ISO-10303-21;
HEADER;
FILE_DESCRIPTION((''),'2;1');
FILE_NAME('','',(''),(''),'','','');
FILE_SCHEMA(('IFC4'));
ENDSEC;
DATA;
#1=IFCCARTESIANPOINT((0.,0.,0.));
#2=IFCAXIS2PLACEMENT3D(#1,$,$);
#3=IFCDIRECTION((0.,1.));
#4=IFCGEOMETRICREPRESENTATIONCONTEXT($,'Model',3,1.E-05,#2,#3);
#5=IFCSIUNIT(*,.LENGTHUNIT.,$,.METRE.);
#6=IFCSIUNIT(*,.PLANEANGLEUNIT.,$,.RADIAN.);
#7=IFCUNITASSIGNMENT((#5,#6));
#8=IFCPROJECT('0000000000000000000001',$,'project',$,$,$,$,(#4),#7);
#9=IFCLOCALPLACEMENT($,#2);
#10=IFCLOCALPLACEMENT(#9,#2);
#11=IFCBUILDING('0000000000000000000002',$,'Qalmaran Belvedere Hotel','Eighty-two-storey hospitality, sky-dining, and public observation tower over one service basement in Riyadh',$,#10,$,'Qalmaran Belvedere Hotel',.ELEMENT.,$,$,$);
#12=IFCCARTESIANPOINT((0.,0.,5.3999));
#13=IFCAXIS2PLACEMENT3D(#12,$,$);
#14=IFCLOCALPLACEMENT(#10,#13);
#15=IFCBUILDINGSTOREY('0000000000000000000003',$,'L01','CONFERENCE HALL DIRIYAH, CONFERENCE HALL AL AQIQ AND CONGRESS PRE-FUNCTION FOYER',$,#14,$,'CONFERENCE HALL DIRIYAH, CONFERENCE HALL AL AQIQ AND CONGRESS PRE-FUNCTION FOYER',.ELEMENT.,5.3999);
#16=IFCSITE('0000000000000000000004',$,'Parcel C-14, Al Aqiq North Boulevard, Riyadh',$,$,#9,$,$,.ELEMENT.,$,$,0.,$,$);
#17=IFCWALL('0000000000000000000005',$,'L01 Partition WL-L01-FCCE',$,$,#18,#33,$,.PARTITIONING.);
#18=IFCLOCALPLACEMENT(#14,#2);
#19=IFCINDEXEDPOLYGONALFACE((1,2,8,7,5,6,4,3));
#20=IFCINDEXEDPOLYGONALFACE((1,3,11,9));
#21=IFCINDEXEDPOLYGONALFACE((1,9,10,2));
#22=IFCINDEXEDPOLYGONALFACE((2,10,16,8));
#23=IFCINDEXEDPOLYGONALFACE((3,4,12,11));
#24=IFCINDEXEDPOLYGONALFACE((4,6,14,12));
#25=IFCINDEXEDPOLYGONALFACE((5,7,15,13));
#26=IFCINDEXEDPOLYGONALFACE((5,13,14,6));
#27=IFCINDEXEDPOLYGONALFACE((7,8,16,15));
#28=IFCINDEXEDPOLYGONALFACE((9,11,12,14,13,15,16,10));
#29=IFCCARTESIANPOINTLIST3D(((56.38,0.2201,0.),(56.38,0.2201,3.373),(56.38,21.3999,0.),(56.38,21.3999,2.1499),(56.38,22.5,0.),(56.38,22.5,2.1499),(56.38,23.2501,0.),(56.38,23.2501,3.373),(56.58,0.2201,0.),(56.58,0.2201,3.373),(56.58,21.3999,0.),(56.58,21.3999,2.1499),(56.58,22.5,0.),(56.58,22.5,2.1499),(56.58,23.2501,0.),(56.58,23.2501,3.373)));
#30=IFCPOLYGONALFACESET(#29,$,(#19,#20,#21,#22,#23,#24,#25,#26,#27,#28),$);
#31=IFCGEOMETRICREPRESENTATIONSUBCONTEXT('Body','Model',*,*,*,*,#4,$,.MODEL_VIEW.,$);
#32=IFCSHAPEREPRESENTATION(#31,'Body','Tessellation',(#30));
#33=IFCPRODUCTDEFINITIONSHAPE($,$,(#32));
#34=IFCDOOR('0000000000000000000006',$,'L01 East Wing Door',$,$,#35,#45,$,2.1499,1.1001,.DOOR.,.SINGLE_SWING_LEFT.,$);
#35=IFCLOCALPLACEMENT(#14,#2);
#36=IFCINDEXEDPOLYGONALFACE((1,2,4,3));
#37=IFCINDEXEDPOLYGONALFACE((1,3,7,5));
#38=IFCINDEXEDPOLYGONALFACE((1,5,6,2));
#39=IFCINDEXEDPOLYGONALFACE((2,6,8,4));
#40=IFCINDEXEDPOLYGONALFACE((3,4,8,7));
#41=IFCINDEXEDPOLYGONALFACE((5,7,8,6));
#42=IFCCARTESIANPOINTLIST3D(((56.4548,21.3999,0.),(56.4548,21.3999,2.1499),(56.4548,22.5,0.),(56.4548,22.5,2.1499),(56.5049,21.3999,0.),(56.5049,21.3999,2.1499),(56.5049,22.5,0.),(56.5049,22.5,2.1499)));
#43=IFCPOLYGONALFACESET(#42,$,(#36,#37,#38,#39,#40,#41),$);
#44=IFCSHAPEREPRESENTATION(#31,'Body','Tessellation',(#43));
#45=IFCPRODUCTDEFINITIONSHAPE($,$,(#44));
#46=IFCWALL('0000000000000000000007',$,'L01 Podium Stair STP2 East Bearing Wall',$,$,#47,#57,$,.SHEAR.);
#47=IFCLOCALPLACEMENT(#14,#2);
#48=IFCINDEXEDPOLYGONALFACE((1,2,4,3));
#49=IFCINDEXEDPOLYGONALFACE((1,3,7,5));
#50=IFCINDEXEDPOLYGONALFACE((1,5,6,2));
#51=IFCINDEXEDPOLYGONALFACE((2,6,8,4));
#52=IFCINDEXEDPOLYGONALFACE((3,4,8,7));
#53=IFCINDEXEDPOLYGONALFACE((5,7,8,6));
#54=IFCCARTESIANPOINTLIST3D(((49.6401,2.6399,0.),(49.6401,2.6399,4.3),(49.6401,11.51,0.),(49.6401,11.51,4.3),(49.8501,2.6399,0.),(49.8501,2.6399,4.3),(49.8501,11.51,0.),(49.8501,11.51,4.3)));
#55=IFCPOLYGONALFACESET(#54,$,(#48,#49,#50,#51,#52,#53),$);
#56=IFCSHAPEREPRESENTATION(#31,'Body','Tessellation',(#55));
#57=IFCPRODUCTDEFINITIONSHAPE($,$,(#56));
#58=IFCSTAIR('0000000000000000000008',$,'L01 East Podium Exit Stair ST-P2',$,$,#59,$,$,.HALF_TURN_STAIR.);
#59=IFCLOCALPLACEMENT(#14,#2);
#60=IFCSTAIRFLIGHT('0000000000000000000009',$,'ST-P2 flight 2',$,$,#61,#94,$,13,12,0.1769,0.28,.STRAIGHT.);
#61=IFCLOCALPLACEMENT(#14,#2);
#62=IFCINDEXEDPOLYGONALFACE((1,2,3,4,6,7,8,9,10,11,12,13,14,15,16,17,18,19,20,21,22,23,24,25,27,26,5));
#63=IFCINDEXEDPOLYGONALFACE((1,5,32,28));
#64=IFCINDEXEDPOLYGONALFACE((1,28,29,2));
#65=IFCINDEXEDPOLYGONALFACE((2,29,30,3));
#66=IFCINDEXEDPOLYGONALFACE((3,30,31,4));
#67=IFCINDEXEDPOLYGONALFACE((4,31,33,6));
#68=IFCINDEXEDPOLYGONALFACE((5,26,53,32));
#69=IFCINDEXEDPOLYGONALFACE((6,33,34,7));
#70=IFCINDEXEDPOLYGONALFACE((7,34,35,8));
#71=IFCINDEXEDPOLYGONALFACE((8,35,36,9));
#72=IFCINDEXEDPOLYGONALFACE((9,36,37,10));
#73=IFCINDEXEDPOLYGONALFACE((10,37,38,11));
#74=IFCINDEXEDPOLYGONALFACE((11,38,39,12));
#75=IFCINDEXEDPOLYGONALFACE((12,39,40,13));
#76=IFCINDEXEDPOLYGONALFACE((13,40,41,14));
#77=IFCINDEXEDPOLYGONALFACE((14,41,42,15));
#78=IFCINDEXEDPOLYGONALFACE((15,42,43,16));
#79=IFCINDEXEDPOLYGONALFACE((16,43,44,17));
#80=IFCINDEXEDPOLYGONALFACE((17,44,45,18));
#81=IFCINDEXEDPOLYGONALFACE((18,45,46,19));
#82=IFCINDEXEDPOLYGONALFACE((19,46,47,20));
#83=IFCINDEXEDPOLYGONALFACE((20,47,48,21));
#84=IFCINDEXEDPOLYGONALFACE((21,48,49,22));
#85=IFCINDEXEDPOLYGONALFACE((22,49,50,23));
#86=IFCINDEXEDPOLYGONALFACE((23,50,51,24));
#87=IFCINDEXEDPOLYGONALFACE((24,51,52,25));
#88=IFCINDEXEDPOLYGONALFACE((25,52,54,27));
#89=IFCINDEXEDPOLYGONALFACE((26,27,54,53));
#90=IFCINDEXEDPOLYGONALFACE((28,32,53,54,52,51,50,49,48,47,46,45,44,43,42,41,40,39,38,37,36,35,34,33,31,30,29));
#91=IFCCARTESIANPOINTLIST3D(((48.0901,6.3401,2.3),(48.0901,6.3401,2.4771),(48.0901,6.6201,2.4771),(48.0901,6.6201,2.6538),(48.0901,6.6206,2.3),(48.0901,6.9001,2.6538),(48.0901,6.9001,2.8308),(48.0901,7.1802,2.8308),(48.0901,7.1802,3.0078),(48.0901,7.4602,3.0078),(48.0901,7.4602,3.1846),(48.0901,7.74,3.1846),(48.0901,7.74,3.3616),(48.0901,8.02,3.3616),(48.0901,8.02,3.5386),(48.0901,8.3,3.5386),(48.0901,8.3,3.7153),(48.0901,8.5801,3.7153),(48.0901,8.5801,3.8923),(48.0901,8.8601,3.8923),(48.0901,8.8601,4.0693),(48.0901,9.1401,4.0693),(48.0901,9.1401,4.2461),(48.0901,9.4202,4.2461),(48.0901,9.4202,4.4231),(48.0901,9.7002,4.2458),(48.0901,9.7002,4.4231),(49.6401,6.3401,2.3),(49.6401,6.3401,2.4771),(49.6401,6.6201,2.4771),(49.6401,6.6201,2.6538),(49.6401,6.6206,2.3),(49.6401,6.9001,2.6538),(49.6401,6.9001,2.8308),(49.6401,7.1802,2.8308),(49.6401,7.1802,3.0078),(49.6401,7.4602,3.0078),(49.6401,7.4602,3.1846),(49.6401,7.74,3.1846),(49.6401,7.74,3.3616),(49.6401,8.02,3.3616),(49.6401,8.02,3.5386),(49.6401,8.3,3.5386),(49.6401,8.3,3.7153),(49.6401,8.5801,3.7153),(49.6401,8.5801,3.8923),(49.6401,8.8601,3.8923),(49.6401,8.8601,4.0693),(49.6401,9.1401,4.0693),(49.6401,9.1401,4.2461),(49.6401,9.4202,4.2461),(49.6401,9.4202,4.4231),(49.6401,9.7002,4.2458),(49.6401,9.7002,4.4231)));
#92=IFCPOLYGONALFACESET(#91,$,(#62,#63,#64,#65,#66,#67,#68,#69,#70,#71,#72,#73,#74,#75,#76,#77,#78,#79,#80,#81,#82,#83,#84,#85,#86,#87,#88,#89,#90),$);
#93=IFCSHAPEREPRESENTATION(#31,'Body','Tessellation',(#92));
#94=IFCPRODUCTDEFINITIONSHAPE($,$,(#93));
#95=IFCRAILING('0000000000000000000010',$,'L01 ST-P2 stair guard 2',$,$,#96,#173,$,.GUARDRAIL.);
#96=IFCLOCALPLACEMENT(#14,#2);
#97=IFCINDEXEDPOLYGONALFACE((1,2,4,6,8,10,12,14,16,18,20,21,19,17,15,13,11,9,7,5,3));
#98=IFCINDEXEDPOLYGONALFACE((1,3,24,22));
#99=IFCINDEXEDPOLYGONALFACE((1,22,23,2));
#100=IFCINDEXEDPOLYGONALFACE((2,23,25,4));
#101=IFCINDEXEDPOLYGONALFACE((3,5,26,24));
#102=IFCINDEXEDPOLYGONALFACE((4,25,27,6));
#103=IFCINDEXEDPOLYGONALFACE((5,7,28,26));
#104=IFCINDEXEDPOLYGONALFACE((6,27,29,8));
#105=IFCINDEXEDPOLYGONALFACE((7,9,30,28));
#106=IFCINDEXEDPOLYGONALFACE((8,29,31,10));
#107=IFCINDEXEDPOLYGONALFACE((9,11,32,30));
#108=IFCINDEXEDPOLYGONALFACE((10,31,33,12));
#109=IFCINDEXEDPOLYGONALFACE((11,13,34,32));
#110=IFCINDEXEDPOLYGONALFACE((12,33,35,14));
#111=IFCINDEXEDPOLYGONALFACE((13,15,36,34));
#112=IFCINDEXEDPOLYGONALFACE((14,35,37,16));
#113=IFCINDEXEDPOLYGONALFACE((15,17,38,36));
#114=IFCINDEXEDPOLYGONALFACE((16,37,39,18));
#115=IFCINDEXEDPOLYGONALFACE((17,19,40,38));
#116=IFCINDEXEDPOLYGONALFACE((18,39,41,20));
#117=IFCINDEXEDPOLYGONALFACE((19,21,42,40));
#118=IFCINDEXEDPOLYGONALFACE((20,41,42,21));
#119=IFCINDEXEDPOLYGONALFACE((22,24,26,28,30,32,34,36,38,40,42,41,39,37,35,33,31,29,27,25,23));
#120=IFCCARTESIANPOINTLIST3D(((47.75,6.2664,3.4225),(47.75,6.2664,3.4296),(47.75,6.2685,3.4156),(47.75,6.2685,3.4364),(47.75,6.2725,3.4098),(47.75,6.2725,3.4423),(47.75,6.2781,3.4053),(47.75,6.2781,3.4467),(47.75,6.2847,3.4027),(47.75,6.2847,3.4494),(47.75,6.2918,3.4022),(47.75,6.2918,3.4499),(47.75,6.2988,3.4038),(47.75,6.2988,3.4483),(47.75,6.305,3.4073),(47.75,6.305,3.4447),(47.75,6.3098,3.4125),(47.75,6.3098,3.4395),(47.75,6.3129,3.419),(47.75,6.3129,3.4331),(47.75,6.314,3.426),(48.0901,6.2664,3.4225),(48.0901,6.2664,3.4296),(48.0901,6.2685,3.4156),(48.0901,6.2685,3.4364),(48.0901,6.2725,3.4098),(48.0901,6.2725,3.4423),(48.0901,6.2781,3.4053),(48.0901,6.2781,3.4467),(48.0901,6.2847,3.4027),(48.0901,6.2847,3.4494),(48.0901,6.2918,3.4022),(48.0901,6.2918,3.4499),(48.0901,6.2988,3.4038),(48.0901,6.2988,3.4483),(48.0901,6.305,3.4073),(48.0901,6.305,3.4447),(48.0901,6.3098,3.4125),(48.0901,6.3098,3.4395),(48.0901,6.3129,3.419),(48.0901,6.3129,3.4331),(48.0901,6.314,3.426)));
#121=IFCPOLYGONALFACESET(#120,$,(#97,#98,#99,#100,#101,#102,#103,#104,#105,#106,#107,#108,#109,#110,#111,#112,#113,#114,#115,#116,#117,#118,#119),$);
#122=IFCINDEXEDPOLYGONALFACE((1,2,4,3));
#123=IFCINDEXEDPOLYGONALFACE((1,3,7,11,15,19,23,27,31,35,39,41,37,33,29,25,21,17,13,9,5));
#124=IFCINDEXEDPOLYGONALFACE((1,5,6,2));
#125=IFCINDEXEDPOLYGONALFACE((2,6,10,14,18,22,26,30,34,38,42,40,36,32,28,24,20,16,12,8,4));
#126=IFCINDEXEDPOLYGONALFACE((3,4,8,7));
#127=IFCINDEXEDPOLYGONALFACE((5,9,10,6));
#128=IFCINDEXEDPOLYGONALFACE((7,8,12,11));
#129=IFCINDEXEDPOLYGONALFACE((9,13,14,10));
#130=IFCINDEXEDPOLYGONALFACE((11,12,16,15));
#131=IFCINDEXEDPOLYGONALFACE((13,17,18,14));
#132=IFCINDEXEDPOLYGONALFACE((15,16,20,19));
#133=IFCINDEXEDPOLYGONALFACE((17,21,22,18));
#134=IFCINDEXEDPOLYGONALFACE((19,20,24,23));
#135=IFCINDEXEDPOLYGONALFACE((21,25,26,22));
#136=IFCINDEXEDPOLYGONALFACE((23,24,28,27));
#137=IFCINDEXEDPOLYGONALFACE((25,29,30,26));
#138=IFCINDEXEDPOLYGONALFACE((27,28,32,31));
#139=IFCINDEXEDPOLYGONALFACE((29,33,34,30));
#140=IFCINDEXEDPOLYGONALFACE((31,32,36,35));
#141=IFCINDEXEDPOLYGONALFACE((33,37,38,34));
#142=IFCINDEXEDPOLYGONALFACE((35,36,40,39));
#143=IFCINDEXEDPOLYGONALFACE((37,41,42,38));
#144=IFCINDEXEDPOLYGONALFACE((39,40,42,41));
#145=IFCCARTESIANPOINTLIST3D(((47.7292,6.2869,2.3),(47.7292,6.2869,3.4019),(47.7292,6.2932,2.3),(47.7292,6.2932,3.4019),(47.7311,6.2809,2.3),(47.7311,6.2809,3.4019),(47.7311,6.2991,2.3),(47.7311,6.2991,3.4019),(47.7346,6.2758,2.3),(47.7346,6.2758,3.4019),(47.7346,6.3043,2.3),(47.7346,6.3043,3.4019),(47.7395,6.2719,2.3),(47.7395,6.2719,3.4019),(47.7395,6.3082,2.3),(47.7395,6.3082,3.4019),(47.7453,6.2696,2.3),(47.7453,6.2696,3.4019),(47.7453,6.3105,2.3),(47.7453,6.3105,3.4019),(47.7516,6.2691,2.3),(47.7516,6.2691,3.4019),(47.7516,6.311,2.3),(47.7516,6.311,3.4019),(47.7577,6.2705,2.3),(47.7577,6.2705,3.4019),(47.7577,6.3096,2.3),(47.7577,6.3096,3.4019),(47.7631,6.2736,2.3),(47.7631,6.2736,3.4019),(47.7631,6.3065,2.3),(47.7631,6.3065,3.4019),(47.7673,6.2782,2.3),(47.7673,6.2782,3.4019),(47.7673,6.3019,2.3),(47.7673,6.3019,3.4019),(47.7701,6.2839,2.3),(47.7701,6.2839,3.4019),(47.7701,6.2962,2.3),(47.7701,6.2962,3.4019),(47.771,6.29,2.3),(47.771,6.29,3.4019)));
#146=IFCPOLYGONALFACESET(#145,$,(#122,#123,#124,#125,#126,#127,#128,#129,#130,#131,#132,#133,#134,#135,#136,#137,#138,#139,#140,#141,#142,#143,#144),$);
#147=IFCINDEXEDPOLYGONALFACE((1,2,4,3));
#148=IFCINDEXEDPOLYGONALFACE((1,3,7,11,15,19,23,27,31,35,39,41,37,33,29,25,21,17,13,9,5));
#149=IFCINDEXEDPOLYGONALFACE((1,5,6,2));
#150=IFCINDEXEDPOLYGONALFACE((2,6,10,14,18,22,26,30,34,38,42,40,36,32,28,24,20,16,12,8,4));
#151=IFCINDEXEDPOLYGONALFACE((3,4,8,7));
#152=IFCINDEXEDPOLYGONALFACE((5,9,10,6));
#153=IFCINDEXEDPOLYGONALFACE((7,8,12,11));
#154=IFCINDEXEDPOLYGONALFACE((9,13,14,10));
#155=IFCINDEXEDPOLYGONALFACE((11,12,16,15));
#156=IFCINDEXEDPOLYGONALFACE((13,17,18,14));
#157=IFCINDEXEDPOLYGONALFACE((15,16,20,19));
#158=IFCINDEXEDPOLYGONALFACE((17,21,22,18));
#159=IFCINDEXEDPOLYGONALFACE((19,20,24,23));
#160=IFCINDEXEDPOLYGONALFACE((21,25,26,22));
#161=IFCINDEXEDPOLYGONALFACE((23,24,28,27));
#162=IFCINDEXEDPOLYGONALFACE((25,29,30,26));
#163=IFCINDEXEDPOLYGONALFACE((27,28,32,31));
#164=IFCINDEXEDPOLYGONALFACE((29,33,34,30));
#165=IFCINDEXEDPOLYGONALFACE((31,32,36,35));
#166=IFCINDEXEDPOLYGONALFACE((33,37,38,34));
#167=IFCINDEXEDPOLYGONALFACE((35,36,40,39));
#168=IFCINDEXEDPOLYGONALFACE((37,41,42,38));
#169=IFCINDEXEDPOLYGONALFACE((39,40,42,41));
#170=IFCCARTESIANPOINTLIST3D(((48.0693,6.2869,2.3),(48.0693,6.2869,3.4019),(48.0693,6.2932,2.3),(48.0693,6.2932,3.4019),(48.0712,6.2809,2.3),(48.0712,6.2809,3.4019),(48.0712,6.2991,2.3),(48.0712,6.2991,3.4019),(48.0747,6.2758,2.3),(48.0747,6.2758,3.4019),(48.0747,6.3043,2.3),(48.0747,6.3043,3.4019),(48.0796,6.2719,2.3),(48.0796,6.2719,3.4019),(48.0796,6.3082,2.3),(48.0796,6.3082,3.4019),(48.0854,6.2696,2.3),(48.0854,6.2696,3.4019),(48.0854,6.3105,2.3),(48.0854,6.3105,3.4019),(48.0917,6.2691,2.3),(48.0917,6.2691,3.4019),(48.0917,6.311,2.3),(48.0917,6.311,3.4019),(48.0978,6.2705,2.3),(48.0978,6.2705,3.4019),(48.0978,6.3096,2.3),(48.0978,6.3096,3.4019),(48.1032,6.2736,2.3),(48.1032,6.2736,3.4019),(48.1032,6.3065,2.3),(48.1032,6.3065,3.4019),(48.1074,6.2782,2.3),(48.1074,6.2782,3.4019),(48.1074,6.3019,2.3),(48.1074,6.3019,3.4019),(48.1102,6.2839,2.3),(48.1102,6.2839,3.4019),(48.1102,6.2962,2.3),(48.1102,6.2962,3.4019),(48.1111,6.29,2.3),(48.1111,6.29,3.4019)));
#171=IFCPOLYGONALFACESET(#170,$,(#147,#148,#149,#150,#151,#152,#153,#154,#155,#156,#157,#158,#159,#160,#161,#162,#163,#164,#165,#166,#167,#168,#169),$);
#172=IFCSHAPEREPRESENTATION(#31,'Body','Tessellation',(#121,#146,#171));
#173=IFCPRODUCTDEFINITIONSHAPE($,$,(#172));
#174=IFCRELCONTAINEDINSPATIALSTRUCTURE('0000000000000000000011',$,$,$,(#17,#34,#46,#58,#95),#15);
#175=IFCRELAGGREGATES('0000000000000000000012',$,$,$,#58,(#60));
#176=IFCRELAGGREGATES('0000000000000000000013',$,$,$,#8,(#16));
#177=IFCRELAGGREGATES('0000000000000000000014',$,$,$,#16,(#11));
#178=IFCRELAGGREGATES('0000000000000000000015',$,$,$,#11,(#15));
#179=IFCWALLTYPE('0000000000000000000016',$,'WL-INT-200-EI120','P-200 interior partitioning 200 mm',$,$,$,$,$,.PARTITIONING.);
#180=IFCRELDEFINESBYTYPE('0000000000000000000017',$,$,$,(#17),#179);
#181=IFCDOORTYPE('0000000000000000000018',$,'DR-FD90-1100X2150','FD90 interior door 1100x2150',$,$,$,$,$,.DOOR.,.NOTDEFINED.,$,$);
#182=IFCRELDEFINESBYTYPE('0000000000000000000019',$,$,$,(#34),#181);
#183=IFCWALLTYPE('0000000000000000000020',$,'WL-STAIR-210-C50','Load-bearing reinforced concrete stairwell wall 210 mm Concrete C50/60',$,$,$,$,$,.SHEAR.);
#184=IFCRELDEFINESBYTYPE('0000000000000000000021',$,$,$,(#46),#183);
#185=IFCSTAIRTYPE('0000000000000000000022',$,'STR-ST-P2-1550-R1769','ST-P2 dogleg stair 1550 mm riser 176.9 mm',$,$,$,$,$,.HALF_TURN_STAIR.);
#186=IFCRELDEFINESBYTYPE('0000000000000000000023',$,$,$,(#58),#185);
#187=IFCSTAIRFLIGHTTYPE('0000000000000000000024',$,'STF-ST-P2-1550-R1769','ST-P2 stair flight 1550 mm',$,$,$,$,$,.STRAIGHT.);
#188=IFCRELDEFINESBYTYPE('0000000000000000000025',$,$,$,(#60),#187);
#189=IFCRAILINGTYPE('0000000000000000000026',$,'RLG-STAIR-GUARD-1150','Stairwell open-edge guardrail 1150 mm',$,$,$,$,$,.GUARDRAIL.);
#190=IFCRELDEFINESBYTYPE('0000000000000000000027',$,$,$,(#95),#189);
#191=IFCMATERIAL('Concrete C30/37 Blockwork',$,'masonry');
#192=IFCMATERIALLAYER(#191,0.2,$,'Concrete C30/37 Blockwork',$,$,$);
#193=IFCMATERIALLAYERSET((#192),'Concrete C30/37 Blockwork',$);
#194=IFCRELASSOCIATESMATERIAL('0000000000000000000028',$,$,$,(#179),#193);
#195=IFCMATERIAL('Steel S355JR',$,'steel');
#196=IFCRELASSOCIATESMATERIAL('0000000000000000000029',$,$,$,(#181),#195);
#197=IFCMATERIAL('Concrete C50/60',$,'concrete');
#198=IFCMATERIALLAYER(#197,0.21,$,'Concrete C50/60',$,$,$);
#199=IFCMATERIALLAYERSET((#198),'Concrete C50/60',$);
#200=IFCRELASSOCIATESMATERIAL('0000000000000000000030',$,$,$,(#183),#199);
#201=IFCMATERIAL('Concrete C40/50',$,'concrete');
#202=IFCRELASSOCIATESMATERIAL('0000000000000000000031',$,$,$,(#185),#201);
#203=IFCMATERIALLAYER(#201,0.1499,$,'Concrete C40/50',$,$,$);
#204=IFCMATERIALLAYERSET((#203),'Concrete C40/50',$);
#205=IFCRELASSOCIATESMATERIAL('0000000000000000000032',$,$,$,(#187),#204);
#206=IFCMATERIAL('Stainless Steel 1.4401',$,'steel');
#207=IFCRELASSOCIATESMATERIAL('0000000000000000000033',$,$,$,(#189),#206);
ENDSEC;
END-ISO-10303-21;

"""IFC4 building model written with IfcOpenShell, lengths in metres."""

from ifc_helpers import new_model, si_unit, direction, frame, frame_2d, origin, origin_2d, place, context, subcontext, project, spatial, polyline, rectangle, circle, outline, extrude, material, layer, layer_set, type_object, element, fill, aggregate, save


model = new_model("IFC4")

# Units and contexts
model_context = context("Model", 3, precision=1e-05, world=origin(), true_north=direction((0.0, 1.0)))
body_context = subcontext(model_context, "Body", "Model", "MODEL_VIEW")
ifc_project = project(units=[si_unit("LENGTHUNIT", "METRE"), si_unit("PLANEANGLEUNIT", "RADIAN")], contexts=[model_context])

# Site, building, storey
site_placement = place(None, origin())
site = spatial("IfcSite", under=ifc_project, at=site_placement, Name="Parcel C-14, Al Aqiq North Boulevard, Riyadh", CompositionType="ELEMENT", RefElevation=0.0)
building_placement = place(site_placement, origin())
building = spatial("IfcBuilding", under=site, at=building_placement, Name="Qalmaran Belvedere Hotel", Description="Eighty-two-storey hospitality, sky-dining, and public observation tower over one service basement in Riyadh", LongName="Qalmaran Belvedere Hotel", CompositionType="ELEMENT")
storey_placement = place(building_placement, frame((0.0, 0.0, 5.3999)))
storey = spatial("IfcBuildingStorey", under=building, at=storey_placement, Name="L01", Description="CONFERENCE HALL DIRIYAH, CONFERENCE HALL AL AQIQ AND CONGRESS PRE-FUNCTION FOYER", LongName="CONFERENCE HALL DIRIYAH, CONFERENCE HALL AL AQIQ AND CONGRESS PRE-FUNCTION FOYER", CompositionType="ELEMENT", Elevation=5.3999)

# Shared definitions
ifc_material_1 = material(Name="Concrete C40/50", Category="concrete")

# Shared definitions
ifc_material_2 = material(Name="Steel S355JR", Category="steel")

# Shared definitions
ifc_material_3 = material(Name="Concrete C30/37 Blockwork", Category="masonry")
ifc_layer_1 = layer(ifc_material_3, 0.2, Name="Concrete C30/37 Blockwork")
ifc_layer_set_1 = layer_set([ifc_layer_1], Name="Concrete C30/37 Blockwork")
wall_type_1 = type_object("IfcWallType", Name="WL-INT-200-EI120", Description="P-200 interior partitioning 200 mm", PredefinedType="PARTITIONING", material=ifc_layer_set_1)

# Wall, opening, door
wall_1_placement = place(storey_placement, frame((56.48, 0.22, 0.0), z_axis=(0.0, 0.0, 1.0), x_axis=(0.0, 1.0, 0.0)))
wall_1 = element("IfcWall", 1, at=wall_1_placement, inside=storey, type_object=wall_type_1, Name="L01 Partition WL-L01-FCCE", PredefinedType="PARTITIONING", context=body_context, shape_type="SweptSolid", body=[
    extrude(rectangle(XDim=23.03, YDim=0.2, at=frame_2d((11.5151, 0.0))), origin(), (0.0, 0.0, 1.0), 3.373),
])
opening_1_placement = place(wall_1_placement, frame((22.28, 0.0, 0.0), z_axis=(0.0, 0.0, 1.0), x_axis=(-1.0, 0.0, 0.0)))
opening_1 = element("IfcOpeningElement", 2, at=opening_1_placement, cuts=wall_1, PredefinedType="OPENING", context=body_context, shape_type="SweptSolid", body=[
    extrude(rectangle(XDim=1.1001, YDim=2.1499, at=frame_2d((0.55, 1.075))), frame((0.0, 0.1099, 0.0), z_axis=(0.0, -1.0, 0.0), x_axis=(1.0, 0.0, 0.0)), (0.0, 0.0, 1.0), 0.22),
])
door_type_1 = type_object("IfcDoorType", Name="DR-FD90-1100X2150", Description="FD90 interior door 1100x2150", OperationType="NOTDEFINED", PredefinedType="DOOR", material=ifc_material_2)
door_1_placement = place(opening_1_placement, origin())
door_1 = element("IfcDoor", 3, at=door_1_placement, inside=storey, type_object=door_type_1, Name="L01 East Wing Door", OperationType="SINGLE_SWING_LEFT", OverallHeight=2.1499, OverallWidth=1.1001, PredefinedType="DOOR", context=body_context, shape_type="SweptSolid", body=[
    extrude(rectangle(XDim=1.1001, YDim=2.1499, at=frame_2d((0.55, 1.075))), frame((0.0, 0.0249, 0.0), z_axis=(0.0, -1.0, 0.0), x_axis=(1.0, 0.0, 0.0)), (0.0, 0.0, 1.0), 0.05),
])
fill(opening_1, door_1)

# Wall
ifc_material_4 = material(Name="Concrete C50/60", Category="concrete")
ifc_layer_2 = layer(ifc_material_4, 0.21, Name="Concrete C50/60")
ifc_layer_set_2 = layer_set([ifc_layer_2], Name="Concrete C50/60")
wall_type_2 = type_object("IfcWallType", Name="WL-STAIR-210-C50", Description="Load-bearing reinforced concrete stairwell wall 210 mm Concrete C50/60", PredefinedType="SHEAR", material=ifc_layer_set_2)
wall_2_placement = place(storey_placement, frame((49.7451, 2.6399, 0.0), z_axis=(0.0, 0.0, 1.0), x_axis=(0.0, 1.0, 0.0)))
element("IfcWall", 4, at=wall_2_placement, inside=storey, type_object=wall_type_2, Name="L01 Podium Stair STP2 East Bearing Wall", PredefinedType="SHEAR", context=body_context, shape_type="SweptSolid", body=[
    extrude(rectangle(XDim=8.8701, YDim=0.21, at=frame_2d((4.4351, 0.0))), origin(), (0.0, 0.0, 1.0), 4.3),
])

# Stair, stair flight
stair_type = type_object("IfcStairType", Name="STR-ST-P2-1550-R1769", Description="ST-P2 dogleg stair 1550 mm riser 176.9 mm", PredefinedType="HALF_TURN_STAIR", material=ifc_material_1)
stair_placement = place(storey_placement, origin())
stair = element("IfcStair", 5, at=stair_placement, inside=storey, type_object=stair_type, Name="L01 East Podium Exit Stair ST-P2", PredefinedType="HALF_TURN_STAIR")
ifc_layer_3 = layer(ifc_material_1, 0.1499, Name="Concrete C40/50")
ifc_layer_set_3 = layer_set([ifc_layer_3], Name="Concrete C40/50")
stair_flight_type = type_object("IfcStairFlightType", Name="STF-ST-P2-1550-R1769", Description="ST-P2 stair flight 1550 mm", PredefinedType="STRAIGHT", material=ifc_layer_set_3)
stair_flight_placement = place(storey_placement, frame((48.865, 6.3401, 2.3), z_axis=(0.0, 0.0, 1.0), x_axis=(0.0, 1.0, 0.0)))
stair_flight = element("IfcStairFlight", 6, at=stair_flight_placement, type_object=stair_flight_type, Name="ST-P2 flight 2", NumberOfRisers=13, NumberOfTreads=12, PredefinedType="STRAIGHT", RiserHeight=0.1769, TreadLength=0.28, context=body_context, shape_type="SweptSolid", body=[
    extrude(outline(polyline([(0.0, 0.0), (0.0, 0.177), (0.28, 0.177), (0.28, 0.3538), (0.5601, 0.3538), (0.5601, 0.5308), (0.8401, 0.5308), (0.8401, 0.7078), (1.1201, 0.7078), (1.1201, 0.8845), (1.3999, 0.8845), (1.3999, 1.0615), (1.6799, 1.0615), (1.6799, 1.2385), (1.96, 1.2385), (1.96, 1.4153), (2.24, 1.4153), (2.24, 1.5923), (2.52, 1.5923), (2.52, 1.7693), (2.8, 1.7693), (2.8, 1.946), (3.0801, 1.946), (3.0801, 2.123), (3.3601, 2.123), (3.3601, 2.3), (3.3601, 1.9458), (0.2805, 0.0), (0.0, 0.0)])), frame((0.0, 0.7749, 0.0), z_axis=(0.0, -1.0, 0.0), x_axis=(1.0, 0.0, 0.0)), (0.0, 0.0, 1.0), 1.55),
])
aggregate(stair, [stair_flight])

# Railing
ifc_material_5 = material(Name="Stainless Steel 1.4401", Category="steel")
railing_type_1 = type_object("IfcRailingType", Name="RLG-STAIR-GUARD-1150", Description="Stairwell open-edge guardrail 1150 mm", PredefinedType="GUARDRAIL", material=ifc_material_5)
railing_1_placement = place(storey_placement, frame((47.75, 6.29, 2.3)))
element("IfcRailing", 7, at=railing_1_placement, inside=storey, type_object=railing_type_1, Name="L01 ST-P2 stair guard 2", PredefinedType="GUARDRAIL", context=body_context, shape_type="SweptSolid", body=[
    extrude(circle(Radius=0.0239, at=origin_2d()), frame((0.0, 0.0, 1.126), z_axis=(1.0, 0.0, 0.0), x_axis=(0.0, 1.0, 0.0)), (0.0, 0.0, 1.0), 0.3401),
    extrude(circle(Radius=0.021, at=origin_2d()), origin(), (0.0, 0.0, 1.0), 1.1018),
    extrude(circle(Radius=0.021, at=origin_2d()), frame((0.3401, 0.0, 0.0)), (0.0, 0.0, 1.0), 1.1018),
])

save(model, "model.ifc")
